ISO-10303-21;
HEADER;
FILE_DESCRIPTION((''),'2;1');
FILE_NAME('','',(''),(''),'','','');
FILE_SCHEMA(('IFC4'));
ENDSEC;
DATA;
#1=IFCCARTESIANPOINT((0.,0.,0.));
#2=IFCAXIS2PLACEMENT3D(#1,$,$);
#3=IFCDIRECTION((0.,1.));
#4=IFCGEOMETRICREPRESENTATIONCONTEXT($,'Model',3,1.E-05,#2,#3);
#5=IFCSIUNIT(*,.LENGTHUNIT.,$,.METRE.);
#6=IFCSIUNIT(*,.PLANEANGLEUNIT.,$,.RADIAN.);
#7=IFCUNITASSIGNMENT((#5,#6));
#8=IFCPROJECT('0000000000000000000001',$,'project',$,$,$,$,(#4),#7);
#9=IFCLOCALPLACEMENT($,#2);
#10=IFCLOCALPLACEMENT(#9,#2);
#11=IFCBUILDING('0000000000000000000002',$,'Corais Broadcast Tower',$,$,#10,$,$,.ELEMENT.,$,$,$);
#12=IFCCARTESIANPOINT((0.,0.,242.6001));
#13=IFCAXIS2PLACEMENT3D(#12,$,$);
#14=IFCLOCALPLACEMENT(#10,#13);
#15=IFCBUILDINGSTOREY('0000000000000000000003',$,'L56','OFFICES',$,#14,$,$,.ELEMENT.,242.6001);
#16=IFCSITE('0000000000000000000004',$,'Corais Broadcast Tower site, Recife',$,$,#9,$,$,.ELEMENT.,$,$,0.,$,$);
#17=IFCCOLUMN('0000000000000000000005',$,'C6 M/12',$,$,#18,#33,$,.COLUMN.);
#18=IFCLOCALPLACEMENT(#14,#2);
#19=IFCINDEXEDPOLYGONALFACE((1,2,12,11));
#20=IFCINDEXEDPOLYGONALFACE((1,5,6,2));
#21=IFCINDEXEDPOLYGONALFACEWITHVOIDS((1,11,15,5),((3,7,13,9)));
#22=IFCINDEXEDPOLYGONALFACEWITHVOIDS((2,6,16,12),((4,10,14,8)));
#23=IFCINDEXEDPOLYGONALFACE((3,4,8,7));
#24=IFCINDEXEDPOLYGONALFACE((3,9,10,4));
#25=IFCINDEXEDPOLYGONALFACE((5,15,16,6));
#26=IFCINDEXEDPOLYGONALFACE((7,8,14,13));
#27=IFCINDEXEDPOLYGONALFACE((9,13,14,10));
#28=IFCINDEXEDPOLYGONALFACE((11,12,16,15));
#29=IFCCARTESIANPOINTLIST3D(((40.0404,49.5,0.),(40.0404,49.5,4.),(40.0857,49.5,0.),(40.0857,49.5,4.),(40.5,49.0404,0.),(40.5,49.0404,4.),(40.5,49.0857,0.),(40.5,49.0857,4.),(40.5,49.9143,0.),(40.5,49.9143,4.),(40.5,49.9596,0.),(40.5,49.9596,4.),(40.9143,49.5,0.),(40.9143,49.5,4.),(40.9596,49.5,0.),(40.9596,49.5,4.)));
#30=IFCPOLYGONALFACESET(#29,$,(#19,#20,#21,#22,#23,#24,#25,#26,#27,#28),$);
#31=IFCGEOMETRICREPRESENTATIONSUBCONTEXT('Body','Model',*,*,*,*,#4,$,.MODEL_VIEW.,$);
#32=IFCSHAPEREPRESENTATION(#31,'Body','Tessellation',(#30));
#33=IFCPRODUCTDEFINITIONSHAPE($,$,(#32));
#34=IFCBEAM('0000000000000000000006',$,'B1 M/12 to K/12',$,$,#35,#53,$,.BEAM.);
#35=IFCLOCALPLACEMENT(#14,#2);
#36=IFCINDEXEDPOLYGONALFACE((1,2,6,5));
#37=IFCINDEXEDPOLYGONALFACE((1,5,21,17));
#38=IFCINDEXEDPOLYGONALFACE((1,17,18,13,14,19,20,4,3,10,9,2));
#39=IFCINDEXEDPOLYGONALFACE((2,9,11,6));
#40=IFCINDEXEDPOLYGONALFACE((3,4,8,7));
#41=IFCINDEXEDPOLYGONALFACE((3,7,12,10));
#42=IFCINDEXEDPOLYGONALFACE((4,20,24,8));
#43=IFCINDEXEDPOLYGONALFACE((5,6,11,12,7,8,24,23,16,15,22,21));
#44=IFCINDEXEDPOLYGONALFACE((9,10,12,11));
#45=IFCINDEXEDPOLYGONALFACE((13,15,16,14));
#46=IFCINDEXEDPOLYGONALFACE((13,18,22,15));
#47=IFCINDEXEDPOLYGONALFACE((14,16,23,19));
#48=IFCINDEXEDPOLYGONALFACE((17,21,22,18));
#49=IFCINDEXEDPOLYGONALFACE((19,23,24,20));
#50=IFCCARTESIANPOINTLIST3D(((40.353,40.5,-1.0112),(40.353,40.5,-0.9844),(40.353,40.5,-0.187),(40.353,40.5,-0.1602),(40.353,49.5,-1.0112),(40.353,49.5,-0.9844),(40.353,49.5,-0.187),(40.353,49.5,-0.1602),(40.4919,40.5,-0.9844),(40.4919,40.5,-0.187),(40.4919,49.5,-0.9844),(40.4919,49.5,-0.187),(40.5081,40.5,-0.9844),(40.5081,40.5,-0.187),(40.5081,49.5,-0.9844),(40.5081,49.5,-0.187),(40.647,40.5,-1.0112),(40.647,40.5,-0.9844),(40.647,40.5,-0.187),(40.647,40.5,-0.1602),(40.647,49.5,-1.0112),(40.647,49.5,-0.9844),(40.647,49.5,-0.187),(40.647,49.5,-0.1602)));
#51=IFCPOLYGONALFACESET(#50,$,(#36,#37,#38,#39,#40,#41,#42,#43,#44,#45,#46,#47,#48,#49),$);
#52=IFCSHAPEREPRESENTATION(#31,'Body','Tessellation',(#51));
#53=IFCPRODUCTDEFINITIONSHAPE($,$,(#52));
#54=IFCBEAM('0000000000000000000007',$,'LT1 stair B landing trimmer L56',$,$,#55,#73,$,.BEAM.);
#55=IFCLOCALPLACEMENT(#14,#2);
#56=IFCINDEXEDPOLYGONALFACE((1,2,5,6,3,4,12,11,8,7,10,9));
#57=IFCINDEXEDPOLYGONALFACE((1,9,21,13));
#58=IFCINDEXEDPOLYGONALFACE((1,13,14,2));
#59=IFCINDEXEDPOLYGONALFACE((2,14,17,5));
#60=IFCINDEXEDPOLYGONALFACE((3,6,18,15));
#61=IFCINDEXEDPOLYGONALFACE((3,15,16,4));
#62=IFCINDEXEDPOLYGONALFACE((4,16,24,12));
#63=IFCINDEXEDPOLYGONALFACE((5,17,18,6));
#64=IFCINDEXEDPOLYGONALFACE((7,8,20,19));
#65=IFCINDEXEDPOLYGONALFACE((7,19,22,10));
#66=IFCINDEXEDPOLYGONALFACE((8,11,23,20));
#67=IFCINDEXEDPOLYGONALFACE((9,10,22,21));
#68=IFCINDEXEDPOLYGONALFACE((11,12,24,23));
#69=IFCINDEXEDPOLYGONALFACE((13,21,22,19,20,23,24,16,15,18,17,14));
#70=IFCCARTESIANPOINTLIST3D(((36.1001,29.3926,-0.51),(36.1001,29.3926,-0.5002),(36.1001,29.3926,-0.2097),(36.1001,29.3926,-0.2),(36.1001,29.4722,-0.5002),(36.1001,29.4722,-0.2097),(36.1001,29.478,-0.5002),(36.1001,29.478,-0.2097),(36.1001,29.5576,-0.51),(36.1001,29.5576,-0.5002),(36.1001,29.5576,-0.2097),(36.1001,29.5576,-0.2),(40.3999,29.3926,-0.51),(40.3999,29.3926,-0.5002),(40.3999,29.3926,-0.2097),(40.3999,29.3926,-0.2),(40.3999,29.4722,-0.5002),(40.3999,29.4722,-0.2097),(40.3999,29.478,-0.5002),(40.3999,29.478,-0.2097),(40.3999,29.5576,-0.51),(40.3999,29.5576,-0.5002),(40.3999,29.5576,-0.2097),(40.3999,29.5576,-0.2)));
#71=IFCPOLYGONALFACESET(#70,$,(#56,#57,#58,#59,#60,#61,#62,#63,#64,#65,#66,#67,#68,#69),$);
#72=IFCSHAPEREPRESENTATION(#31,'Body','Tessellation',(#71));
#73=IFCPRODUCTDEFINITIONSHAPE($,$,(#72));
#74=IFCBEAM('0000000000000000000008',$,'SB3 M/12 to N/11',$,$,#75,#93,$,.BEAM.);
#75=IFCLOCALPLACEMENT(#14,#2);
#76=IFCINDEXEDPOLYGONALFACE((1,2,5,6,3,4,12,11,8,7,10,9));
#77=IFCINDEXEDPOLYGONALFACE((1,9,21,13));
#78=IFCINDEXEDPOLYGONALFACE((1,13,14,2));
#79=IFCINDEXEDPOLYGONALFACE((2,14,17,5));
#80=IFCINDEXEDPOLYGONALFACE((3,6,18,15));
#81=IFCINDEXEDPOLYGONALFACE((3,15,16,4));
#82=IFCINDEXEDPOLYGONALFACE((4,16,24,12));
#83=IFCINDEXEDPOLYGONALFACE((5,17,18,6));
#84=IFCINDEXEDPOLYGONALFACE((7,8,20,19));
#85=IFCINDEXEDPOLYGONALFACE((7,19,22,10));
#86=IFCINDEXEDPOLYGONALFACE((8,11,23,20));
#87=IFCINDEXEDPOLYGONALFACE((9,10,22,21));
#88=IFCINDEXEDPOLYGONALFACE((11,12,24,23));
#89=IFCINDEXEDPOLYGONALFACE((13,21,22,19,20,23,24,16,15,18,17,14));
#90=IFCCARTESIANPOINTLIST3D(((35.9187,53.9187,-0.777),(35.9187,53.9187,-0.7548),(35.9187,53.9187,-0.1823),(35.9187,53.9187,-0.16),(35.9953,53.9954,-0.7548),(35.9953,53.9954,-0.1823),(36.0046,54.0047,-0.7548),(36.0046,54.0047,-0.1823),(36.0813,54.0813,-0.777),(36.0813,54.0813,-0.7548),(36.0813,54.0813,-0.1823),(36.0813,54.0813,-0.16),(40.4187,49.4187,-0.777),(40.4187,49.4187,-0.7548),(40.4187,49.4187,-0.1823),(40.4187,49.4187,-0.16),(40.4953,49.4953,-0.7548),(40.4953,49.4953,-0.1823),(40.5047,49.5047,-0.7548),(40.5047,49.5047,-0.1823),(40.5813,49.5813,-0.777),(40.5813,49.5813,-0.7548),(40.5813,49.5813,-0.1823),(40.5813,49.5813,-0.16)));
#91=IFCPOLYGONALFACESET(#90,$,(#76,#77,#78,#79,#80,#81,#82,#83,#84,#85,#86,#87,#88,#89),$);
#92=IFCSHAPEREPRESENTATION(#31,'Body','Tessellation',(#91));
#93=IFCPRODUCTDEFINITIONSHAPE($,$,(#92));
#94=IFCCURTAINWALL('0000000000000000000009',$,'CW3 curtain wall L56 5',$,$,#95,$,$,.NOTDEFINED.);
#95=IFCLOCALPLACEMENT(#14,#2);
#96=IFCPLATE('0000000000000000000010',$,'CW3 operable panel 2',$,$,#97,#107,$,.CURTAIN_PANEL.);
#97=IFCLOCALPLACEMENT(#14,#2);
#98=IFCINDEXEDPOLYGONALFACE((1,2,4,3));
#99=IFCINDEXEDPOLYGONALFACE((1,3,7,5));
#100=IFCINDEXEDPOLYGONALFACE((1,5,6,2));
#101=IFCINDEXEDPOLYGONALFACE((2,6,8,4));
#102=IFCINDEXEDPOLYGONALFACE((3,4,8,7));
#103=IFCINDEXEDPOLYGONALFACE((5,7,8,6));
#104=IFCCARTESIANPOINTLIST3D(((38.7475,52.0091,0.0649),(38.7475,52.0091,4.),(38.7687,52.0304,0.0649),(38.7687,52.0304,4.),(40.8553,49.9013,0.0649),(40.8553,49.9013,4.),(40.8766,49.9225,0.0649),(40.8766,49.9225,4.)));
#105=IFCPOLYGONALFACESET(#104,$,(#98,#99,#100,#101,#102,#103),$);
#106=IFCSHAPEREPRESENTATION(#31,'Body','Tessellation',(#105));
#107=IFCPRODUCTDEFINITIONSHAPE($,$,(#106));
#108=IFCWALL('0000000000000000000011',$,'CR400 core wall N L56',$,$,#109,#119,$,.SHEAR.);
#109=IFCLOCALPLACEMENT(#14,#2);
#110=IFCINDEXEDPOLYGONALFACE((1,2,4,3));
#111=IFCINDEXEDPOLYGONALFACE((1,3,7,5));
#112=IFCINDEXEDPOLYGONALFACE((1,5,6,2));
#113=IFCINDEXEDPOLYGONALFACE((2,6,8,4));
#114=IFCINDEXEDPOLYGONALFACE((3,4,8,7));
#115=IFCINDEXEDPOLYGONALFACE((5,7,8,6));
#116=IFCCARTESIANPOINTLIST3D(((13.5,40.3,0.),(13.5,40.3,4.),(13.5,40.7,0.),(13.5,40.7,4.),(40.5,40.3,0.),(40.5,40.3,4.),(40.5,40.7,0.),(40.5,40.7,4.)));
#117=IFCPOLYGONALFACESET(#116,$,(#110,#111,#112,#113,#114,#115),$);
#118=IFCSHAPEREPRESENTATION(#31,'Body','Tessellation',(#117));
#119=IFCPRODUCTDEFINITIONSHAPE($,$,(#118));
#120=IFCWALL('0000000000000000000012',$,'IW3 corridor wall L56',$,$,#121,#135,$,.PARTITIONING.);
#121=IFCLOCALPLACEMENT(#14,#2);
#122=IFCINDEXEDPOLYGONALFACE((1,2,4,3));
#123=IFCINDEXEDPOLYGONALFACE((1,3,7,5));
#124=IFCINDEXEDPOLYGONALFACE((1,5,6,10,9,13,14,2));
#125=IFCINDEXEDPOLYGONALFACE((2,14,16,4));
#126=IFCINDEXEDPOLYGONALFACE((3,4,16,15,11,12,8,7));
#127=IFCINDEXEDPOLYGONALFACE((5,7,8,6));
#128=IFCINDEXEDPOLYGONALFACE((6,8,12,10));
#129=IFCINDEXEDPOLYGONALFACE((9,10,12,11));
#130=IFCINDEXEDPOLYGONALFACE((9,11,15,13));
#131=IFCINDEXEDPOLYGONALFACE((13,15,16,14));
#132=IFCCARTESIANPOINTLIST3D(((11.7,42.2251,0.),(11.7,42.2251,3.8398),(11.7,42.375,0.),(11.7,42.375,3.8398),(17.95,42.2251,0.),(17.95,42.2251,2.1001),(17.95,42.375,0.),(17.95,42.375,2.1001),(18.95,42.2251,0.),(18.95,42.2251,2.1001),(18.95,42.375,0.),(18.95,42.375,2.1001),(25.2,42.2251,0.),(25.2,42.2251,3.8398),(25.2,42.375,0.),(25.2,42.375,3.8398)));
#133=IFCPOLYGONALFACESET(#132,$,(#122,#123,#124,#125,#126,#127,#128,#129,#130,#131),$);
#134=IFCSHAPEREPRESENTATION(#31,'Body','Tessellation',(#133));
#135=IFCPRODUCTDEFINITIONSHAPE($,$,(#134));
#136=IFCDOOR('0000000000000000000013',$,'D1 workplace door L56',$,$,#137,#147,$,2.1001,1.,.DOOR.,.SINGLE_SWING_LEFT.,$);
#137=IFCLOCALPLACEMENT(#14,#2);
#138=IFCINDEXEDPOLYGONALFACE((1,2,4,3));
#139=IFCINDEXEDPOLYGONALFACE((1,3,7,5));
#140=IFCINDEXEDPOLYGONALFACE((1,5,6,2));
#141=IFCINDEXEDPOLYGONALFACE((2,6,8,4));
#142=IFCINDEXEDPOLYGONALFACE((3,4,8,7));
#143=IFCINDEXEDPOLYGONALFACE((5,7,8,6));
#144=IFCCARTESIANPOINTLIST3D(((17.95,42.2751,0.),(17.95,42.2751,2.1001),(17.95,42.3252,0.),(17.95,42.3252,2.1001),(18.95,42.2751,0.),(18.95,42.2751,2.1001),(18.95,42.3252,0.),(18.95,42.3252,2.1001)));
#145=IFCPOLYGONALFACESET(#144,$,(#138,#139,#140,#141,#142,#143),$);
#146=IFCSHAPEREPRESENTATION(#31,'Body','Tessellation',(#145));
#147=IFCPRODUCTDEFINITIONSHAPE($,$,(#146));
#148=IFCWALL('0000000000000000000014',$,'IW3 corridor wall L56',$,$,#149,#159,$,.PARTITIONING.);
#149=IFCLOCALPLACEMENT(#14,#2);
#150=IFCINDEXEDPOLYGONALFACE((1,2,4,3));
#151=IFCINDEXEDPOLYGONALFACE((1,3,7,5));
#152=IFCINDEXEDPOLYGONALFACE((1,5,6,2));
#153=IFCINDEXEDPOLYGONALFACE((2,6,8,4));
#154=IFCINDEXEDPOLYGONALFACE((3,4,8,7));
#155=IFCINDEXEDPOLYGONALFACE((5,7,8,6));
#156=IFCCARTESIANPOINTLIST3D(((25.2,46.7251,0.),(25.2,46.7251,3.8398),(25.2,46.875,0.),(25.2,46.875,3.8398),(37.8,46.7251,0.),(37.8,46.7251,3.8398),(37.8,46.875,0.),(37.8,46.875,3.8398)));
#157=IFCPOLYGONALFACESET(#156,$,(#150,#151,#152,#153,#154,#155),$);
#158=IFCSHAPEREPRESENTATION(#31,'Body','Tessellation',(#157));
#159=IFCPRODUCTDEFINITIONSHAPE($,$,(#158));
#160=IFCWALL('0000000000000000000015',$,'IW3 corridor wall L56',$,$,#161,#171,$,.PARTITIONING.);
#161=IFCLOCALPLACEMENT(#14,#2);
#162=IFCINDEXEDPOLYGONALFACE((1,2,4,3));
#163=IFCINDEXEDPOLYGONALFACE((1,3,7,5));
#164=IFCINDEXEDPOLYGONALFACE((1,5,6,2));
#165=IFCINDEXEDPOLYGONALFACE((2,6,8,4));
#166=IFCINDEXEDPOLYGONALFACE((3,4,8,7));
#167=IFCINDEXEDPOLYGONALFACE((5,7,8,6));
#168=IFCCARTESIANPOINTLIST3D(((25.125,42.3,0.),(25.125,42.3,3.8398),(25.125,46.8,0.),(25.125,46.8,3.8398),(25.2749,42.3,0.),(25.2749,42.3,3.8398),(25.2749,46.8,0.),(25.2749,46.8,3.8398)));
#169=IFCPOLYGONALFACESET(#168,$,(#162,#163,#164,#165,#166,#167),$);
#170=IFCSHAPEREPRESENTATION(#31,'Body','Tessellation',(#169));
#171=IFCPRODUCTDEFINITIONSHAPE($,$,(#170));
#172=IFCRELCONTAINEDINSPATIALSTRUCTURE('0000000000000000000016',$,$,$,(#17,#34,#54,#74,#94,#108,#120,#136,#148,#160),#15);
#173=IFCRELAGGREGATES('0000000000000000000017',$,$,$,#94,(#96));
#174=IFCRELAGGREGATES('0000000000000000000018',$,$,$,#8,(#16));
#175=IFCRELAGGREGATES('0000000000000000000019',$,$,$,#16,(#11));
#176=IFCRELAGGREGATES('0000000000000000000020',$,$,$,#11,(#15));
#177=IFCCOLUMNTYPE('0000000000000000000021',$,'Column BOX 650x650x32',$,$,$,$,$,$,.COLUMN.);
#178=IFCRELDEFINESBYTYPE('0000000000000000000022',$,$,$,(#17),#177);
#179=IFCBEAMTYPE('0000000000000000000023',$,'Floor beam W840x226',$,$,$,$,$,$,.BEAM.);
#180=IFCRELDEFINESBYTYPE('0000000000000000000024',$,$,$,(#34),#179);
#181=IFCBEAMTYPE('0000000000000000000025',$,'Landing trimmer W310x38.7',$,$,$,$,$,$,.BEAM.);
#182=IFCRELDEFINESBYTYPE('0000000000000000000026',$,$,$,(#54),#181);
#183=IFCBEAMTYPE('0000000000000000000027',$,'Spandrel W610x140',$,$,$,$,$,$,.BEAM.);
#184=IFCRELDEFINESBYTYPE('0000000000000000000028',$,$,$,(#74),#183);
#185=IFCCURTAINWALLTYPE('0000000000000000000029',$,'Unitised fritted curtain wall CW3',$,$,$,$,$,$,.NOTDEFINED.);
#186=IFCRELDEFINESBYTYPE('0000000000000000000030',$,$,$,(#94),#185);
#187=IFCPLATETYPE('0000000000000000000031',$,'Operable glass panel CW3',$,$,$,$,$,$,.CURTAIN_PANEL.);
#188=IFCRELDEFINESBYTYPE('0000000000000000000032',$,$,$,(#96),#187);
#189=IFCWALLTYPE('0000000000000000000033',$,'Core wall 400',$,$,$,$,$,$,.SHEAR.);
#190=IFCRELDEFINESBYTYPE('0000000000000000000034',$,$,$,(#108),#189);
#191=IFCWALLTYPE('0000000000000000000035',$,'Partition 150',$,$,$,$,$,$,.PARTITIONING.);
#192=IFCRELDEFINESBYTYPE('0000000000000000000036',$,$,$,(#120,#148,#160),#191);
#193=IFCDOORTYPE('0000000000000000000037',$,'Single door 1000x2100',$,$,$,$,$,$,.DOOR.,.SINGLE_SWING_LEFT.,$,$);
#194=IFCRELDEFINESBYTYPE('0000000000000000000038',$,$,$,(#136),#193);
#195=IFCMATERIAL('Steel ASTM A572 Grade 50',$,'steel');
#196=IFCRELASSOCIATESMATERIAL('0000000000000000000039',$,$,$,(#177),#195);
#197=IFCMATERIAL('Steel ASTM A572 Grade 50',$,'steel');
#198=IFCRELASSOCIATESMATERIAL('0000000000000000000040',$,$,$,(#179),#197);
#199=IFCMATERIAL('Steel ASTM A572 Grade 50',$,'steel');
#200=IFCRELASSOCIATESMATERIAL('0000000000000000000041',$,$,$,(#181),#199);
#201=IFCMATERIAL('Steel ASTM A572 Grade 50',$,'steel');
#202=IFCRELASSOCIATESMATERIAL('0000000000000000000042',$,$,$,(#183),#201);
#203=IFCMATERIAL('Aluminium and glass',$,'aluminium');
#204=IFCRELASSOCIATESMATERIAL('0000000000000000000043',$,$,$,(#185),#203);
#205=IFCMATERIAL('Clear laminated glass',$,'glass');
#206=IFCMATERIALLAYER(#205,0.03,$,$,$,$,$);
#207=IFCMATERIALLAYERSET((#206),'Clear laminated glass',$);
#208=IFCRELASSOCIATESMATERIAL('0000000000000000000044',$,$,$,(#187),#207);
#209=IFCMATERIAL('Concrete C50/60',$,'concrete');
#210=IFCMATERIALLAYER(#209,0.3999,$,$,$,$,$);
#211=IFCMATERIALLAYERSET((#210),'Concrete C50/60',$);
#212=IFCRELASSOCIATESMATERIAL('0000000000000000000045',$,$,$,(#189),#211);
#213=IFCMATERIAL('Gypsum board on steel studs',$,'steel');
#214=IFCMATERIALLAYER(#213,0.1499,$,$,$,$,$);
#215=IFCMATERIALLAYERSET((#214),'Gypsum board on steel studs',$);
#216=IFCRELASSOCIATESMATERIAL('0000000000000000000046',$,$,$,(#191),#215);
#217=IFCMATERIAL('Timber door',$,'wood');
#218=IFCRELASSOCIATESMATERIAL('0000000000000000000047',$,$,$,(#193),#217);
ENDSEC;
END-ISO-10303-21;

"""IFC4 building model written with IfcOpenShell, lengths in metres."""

from ifc_helpers import new_model, si_unit, direction, frame, frame_2d, origin, origin_2d, place, context, subcontext, project, spatial, rectangle, hollow_rectangle, i_section, extrude, material, layer, layer_set, material_profile, profile_set, type_object, element, fill, aggregate, save


model = new_model("IFC4")

# Units and contexts
model_context = context("Model", 3, precision=1e-05, world=origin(), true_north=direction((0.0, 1.0)))
body_context = subcontext(model_context, "Body", "Model", "MODEL_VIEW")
ifc_project = project(units=[si_unit("LENGTHUNIT", "METRE"), si_unit("PLANEANGLEUNIT", "RADIAN")], contexts=[model_context])

# Site, building, storey
site_placement = place(None, origin())
site = spatial("IfcSite", under=ifc_project, at=site_placement, Name="Corais Broadcast Tower site, Recife", CompositionType="ELEMENT", RefElevation=0.0)
building_placement = place(site_placement, origin())
building = spatial("IfcBuilding", under=site, at=building_placement, Name="Corais Broadcast Tower", CompositionType="ELEMENT")
storey_placement = place(building_placement, frame((0.0, 0.0, 242.6001)))
storey = spatial("IfcBuildingStorey", under=building, at=storey_placement, Name="L56", Description="OFFICES", CompositionType="ELEMENT", Elevation=242.6001)

# Column
ifc_material_1 = material(Name="Steel ASTM A572 Grade 50", Category="steel")
ifc_material_profile_1 = material_profile(ifc_material_1, hollow_rectangle(XDim=0.6499, YDim=0.6499, WallThickness=0.032, at=origin_2d()), Name="BOX 650x650x32")
ifc_profile_set_1 = profile_set([ifc_material_profile_1], Name="Steel ASTM A572 Grade 50")
column_type = type_object("IfcColumnType", Name="Column BOX 650x650x32", PredefinedType="COLUMN", material=ifc_profile_set_1)
column_placement = place(storey_placement, frame((40.5, 49.5, 0.0), z_axis=(0.0, 0.0, 1.0), x_axis=(0.707107, 0.707107, 0.0)))
element("IfcColumn", 1, at=column_placement, inside=storey, type_object=column_type, Name="C6 M/12", PredefinedType="COLUMN", context=body_context, shape_type="SweptSolid", body=[
    extrude(hollow_rectangle(XDim=0.6499, YDim=0.6499, WallThickness=0.032, at=origin_2d()), origin(), (0.0, 0.0, 1.0), 4.0),
])

# Beams
ifc_material_2 = material(Name="Steel ASTM A572 Grade 50", Category="steel")
ifc_material_profile_2 = material_profile(ifc_material_2, i_section(OverallWidth=0.2939, OverallDepth=0.8511, WebThickness=0.0161, FlangeThickness=0.0269, at=origin_2d()), Name="W840x226")
ifc_profile_set_2 = profile_set([ifc_material_profile_2], Name="Steel ASTM A572 Grade 50")
beam_type_1 = type_object("IfcBeamType", Name="Floor beam W840x226", PredefinedType="BEAM", material=ifc_profile_set_2)
beam_1_placement = place(storey_placement, frame((40.5, 49.5, -0.5857), z_axis=(0.0, -1.0, 0.0), x_axis=(1.0, 0.0, 0.0)))
element("IfcBeam", 2, at=beam_1_placement, inside=storey, type_object=beam_type_1, Name="B1 M/12 to K/12", PredefinedType="BEAM", context=body_context, shape_type="SweptSolid", body=[
    extrude(i_section(OverallWidth=0.2939, OverallDepth=0.8511, WebThickness=0.0161, FlangeThickness=0.0269, at=origin_2d()), origin(), (0.0, 0.0, 1.0), 9.0),
])
ifc_material_3 = material(Name="Steel ASTM A572 Grade 50", Category="steel")
ifc_material_profile_3 = material_profile(ifc_material_3, i_section(OverallWidth=0.165, OverallDepth=0.3101, WebThickness=0.0059, FlangeThickness=0.0098, at=origin_2d()), Name="W310x38.7")
ifc_profile_set_3 = profile_set([ifc_material_profile_3], Name="Steel ASTM A572 Grade 50")
beam_type_2 = type_object("IfcBeamType", Name="Landing trimmer W310x38.7", PredefinedType="BEAM", material=ifc_profile_set_3)
beam_2_placement = place(storey_placement, frame((36.1001, 29.4751, -0.355), z_axis=(1.0, 0.0, 0.0), x_axis=(0.0, 1.0, 0.0)))
element("IfcBeam", 3, at=beam_2_placement, inside=storey, type_object=beam_type_2, Name="LT1 stair B landing trimmer L56", PredefinedType="BEAM", context=body_context, shape_type="SweptSolid", body=[
    extrude(i_section(OverallWidth=0.165, OverallDepth=0.3101, WebThickness=0.0059, FlangeThickness=0.0098, at=origin_2d()), origin(), (0.0, 0.0, 1.0), 4.2998),
])
ifc_material_4 = material(Name="Steel ASTM A572 Grade 50", Category="steel")
ifc_material_profile_4 = material_profile(ifc_material_4, i_section(OverallWidth=0.23, OverallDepth=0.6169, WebThickness=0.0132, FlangeThickness=0.0222, at=origin_2d()), Name="W610x140")
ifc_profile_set_4 = profile_set([ifc_material_profile_4], Name="Steel ASTM A572 Grade 50")
beam_type_3 = type_object("IfcBeamType", Name="Spandrel W610x140", PredefinedType="BEAM", material=ifc_profile_set_4)
beam_3_placement = place(storey_placement, frame((40.5, 49.5, -0.4685), z_axis=(-0.707107, 0.707107, 0.0), x_axis=(-0.707107, -0.707107, 0.0)))
element("IfcBeam", 4, at=beam_3_placement, inside=storey, type_object=beam_type_3, Name="SB3 M/12 to N/11", PredefinedType="BEAM", context=body_context, shape_type="SweptSolid", body=[
    extrude(i_section(OverallWidth=0.23, OverallDepth=0.6169, WebThickness=0.0132, FlangeThickness=0.0222, at=origin_2d()), origin(), (0.0, 0.0, 1.0), 6.364),
])

# Curtain wall, plate
ifc_material_5 = material(Name="Aluminium and glass", Category="aluminium")
curtain_wall_type = type_object("IfcCurtainWallType", Name="Unitised fritted curtain wall CW3", PredefinedType="NOTDEFINED", material=ifc_material_5)
curtain_wall_placement = place(storey_placement, origin())
curtain_wall = element("IfcCurtainWall", 5, at=curtain_wall_placement, inside=storey, type_object=curtain_wall_type, Name="CW3 curtain wall L56 5", PredefinedType="NOTDEFINED")
ifc_material_6 = material(Name="Clear laminated glass", Category="glass")
ifc_layer_1 = layer(ifc_material_6, 0.03)
ifc_layer_set_1 = layer_set([ifc_layer_1], Name="Clear laminated glass")
plate_type = type_object("IfcPlateType", Name="Operable glass panel CW3", PredefinedType="CURTAIN_PANEL", material=ifc_layer_set_1)
plate_placement = place(storey_placement, frame((39.812, 50.9658, 0.0649), z_axis=(0.0, 0.0, 1.0), x_axis=(0.707107, -0.707107, 0.0)))
plate = element("IfcPlate", 6, at=plate_placement, type_object=plate_type, Name="CW3 operable panel 2", PredefinedType="CURTAIN_PANEL", context=body_context, shape_type="SweptSolid", body=[
    extrude(rectangle(XDim=2.981, YDim=0.03, at=origin_2d()), origin(), (0.0, 0.0, 1.0), 3.9351),
])
aggregate(curtain_wall, [plate])

# Wall
ifc_material_7 = material(Name="Concrete C50/60", Category="concrete")
ifc_layer_2 = layer(ifc_material_7, 0.3999)
ifc_layer_set_2 = layer_set([ifc_layer_2], Name="Concrete C50/60")
wall_type_1 = type_object("IfcWallType", Name="Core wall 400", PredefinedType="SHEAR", material=ifc_layer_set_2)
wall_1_placement = place(storey_placement, frame((40.5, 40.5, 0.0), z_axis=(0.0, 0.0, 1.0), x_axis=(-1.0, 0.0, 0.0)))
element("IfcWall", 7, at=wall_1_placement, inside=storey, type_object=wall_type_1, Name="CR400 core wall N L56", PredefinedType="SHEAR", context=body_context, shape_type="SweptSolid", body=[
    extrude(rectangle(XDim=27.0, YDim=0.3999, at=frame_2d((13.5, 0.0))), origin(), (0.0, 0.0, 1.0), 4.0),
])

# Wall, opening, door
ifc_material_8 = material(Name="Gypsum board on steel studs", Category="steel")
ifc_layer_3 = layer(ifc_material_8, 0.1499)
ifc_layer_set_3 = layer_set([ifc_layer_3], Name="Gypsum board on steel studs")
wall_type_2 = type_object("IfcWallType", Name="Partition 150", PredefinedType="PARTITIONING", material=ifc_layer_set_3)
wall_2_placement = place(storey_placement, frame((25.2, 42.3, 0.0), z_axis=(0.0, 0.0, 1.0), x_axis=(-1.0, 0.0, 0.0)))
wall_2 = element("IfcWall", 8, at=wall_2_placement, inside=storey, type_object=wall_type_2, Name="IW3 corridor wall L56", PredefinedType="PARTITIONING", context=body_context, shape_type="SweptSolid", body=[
    extrude(rectangle(XDim=13.5, YDim=0.1499, at=frame_2d((6.75, 0.0))), origin(), (0.0, 0.0, 1.0), 3.8398),
])
opening_1_placement = place(wall_2_placement, frame((6.25, 0.0, 0.0)))
opening_1 = element("IfcOpeningElement", 9, at=opening_1_placement, cuts=wall_2, PredefinedType="OPENING", context=body_context, shape_type="SweptSolid", body=[
    extrude(rectangle(XDim=1.0, YDim=2.1001, at=frame_2d((0.5, 1.05))), frame((0.0, 0.085, 0.0), z_axis=(0.0, -1.0, 0.0), x_axis=(1.0, 0.0, 0.0)), (0.0, 0.0, 1.0), 0.1699),
])
ifc_material_9 = material(Name="Timber door", Category="wood")
door_type = type_object("IfcDoorType", Name="Single door 1000x2100", OperationType="SINGLE_SWING_LEFT", PredefinedType="DOOR", material=ifc_material_9)
door_1_placement = place(opening_1_placement, origin())
door_1 = element("IfcDoor", 10, at=door_1_placement, inside=storey, type_object=door_type, Name="D1 workplace door L56", OperationType="SINGLE_SWING_LEFT", OverallHeight=2.1001, OverallWidth=1.0, PredefinedType="DOOR", context=body_context, shape_type="SweptSolid", body=[
    extrude(rectangle(XDim=1.0, YDim=2.1001, at=frame_2d((0.5, 1.05))), frame((0.0, 0.0249, 0.0), z_axis=(0.0, -1.0, 0.0), x_axis=(1.0, 0.0, 0.0)), (0.0, 0.0, 1.0), 0.05),
])
fill(opening_1, door_1)

# Walls
wall_3_placement = place(storey_placement, frame((37.8, 46.8, 0.0), z_axis=(0.0, 0.0, 1.0), x_axis=(-1.0, 0.0, 0.0)))
element("IfcWall", 11, at=wall_3_placement, inside=storey, type_object=wall_type_2, Name="IW3 corridor wall L56", PredefinedType="PARTITIONING", context=body_context, shape_type="SweptSolid", body=[
    extrude(rectangle(XDim=12.6001, YDim=0.1499, at=frame_2d((6.3, 0.0))), origin(), (0.0, 0.0, 1.0), 3.8398),
])
for number, where, z_axis, x_axis, name in (
    (12, (25.2, 46.8, 0.0), (0.0, 0.0, 1.0), (0.0, -1.0, 0.0), "IW3 corridor wall L56"),
):
    element("IfcWall", number, at=place(storey_placement, frame(where, z_axis=z_axis, x_axis=x_axis)), inside=storey, type_object=wall_type_2, Name=name, PredefinedType="PARTITIONING", context=body_context, shape_type="SweptSolid", body=[
        extrude(rectangle(XDim=4.5, YDim=0.1499, at=frame_2d((2.25, 0.0))), origin(), (0.0, 0.0, 1.0), 3.8398),
    ])

save(model, "model.ifc")
